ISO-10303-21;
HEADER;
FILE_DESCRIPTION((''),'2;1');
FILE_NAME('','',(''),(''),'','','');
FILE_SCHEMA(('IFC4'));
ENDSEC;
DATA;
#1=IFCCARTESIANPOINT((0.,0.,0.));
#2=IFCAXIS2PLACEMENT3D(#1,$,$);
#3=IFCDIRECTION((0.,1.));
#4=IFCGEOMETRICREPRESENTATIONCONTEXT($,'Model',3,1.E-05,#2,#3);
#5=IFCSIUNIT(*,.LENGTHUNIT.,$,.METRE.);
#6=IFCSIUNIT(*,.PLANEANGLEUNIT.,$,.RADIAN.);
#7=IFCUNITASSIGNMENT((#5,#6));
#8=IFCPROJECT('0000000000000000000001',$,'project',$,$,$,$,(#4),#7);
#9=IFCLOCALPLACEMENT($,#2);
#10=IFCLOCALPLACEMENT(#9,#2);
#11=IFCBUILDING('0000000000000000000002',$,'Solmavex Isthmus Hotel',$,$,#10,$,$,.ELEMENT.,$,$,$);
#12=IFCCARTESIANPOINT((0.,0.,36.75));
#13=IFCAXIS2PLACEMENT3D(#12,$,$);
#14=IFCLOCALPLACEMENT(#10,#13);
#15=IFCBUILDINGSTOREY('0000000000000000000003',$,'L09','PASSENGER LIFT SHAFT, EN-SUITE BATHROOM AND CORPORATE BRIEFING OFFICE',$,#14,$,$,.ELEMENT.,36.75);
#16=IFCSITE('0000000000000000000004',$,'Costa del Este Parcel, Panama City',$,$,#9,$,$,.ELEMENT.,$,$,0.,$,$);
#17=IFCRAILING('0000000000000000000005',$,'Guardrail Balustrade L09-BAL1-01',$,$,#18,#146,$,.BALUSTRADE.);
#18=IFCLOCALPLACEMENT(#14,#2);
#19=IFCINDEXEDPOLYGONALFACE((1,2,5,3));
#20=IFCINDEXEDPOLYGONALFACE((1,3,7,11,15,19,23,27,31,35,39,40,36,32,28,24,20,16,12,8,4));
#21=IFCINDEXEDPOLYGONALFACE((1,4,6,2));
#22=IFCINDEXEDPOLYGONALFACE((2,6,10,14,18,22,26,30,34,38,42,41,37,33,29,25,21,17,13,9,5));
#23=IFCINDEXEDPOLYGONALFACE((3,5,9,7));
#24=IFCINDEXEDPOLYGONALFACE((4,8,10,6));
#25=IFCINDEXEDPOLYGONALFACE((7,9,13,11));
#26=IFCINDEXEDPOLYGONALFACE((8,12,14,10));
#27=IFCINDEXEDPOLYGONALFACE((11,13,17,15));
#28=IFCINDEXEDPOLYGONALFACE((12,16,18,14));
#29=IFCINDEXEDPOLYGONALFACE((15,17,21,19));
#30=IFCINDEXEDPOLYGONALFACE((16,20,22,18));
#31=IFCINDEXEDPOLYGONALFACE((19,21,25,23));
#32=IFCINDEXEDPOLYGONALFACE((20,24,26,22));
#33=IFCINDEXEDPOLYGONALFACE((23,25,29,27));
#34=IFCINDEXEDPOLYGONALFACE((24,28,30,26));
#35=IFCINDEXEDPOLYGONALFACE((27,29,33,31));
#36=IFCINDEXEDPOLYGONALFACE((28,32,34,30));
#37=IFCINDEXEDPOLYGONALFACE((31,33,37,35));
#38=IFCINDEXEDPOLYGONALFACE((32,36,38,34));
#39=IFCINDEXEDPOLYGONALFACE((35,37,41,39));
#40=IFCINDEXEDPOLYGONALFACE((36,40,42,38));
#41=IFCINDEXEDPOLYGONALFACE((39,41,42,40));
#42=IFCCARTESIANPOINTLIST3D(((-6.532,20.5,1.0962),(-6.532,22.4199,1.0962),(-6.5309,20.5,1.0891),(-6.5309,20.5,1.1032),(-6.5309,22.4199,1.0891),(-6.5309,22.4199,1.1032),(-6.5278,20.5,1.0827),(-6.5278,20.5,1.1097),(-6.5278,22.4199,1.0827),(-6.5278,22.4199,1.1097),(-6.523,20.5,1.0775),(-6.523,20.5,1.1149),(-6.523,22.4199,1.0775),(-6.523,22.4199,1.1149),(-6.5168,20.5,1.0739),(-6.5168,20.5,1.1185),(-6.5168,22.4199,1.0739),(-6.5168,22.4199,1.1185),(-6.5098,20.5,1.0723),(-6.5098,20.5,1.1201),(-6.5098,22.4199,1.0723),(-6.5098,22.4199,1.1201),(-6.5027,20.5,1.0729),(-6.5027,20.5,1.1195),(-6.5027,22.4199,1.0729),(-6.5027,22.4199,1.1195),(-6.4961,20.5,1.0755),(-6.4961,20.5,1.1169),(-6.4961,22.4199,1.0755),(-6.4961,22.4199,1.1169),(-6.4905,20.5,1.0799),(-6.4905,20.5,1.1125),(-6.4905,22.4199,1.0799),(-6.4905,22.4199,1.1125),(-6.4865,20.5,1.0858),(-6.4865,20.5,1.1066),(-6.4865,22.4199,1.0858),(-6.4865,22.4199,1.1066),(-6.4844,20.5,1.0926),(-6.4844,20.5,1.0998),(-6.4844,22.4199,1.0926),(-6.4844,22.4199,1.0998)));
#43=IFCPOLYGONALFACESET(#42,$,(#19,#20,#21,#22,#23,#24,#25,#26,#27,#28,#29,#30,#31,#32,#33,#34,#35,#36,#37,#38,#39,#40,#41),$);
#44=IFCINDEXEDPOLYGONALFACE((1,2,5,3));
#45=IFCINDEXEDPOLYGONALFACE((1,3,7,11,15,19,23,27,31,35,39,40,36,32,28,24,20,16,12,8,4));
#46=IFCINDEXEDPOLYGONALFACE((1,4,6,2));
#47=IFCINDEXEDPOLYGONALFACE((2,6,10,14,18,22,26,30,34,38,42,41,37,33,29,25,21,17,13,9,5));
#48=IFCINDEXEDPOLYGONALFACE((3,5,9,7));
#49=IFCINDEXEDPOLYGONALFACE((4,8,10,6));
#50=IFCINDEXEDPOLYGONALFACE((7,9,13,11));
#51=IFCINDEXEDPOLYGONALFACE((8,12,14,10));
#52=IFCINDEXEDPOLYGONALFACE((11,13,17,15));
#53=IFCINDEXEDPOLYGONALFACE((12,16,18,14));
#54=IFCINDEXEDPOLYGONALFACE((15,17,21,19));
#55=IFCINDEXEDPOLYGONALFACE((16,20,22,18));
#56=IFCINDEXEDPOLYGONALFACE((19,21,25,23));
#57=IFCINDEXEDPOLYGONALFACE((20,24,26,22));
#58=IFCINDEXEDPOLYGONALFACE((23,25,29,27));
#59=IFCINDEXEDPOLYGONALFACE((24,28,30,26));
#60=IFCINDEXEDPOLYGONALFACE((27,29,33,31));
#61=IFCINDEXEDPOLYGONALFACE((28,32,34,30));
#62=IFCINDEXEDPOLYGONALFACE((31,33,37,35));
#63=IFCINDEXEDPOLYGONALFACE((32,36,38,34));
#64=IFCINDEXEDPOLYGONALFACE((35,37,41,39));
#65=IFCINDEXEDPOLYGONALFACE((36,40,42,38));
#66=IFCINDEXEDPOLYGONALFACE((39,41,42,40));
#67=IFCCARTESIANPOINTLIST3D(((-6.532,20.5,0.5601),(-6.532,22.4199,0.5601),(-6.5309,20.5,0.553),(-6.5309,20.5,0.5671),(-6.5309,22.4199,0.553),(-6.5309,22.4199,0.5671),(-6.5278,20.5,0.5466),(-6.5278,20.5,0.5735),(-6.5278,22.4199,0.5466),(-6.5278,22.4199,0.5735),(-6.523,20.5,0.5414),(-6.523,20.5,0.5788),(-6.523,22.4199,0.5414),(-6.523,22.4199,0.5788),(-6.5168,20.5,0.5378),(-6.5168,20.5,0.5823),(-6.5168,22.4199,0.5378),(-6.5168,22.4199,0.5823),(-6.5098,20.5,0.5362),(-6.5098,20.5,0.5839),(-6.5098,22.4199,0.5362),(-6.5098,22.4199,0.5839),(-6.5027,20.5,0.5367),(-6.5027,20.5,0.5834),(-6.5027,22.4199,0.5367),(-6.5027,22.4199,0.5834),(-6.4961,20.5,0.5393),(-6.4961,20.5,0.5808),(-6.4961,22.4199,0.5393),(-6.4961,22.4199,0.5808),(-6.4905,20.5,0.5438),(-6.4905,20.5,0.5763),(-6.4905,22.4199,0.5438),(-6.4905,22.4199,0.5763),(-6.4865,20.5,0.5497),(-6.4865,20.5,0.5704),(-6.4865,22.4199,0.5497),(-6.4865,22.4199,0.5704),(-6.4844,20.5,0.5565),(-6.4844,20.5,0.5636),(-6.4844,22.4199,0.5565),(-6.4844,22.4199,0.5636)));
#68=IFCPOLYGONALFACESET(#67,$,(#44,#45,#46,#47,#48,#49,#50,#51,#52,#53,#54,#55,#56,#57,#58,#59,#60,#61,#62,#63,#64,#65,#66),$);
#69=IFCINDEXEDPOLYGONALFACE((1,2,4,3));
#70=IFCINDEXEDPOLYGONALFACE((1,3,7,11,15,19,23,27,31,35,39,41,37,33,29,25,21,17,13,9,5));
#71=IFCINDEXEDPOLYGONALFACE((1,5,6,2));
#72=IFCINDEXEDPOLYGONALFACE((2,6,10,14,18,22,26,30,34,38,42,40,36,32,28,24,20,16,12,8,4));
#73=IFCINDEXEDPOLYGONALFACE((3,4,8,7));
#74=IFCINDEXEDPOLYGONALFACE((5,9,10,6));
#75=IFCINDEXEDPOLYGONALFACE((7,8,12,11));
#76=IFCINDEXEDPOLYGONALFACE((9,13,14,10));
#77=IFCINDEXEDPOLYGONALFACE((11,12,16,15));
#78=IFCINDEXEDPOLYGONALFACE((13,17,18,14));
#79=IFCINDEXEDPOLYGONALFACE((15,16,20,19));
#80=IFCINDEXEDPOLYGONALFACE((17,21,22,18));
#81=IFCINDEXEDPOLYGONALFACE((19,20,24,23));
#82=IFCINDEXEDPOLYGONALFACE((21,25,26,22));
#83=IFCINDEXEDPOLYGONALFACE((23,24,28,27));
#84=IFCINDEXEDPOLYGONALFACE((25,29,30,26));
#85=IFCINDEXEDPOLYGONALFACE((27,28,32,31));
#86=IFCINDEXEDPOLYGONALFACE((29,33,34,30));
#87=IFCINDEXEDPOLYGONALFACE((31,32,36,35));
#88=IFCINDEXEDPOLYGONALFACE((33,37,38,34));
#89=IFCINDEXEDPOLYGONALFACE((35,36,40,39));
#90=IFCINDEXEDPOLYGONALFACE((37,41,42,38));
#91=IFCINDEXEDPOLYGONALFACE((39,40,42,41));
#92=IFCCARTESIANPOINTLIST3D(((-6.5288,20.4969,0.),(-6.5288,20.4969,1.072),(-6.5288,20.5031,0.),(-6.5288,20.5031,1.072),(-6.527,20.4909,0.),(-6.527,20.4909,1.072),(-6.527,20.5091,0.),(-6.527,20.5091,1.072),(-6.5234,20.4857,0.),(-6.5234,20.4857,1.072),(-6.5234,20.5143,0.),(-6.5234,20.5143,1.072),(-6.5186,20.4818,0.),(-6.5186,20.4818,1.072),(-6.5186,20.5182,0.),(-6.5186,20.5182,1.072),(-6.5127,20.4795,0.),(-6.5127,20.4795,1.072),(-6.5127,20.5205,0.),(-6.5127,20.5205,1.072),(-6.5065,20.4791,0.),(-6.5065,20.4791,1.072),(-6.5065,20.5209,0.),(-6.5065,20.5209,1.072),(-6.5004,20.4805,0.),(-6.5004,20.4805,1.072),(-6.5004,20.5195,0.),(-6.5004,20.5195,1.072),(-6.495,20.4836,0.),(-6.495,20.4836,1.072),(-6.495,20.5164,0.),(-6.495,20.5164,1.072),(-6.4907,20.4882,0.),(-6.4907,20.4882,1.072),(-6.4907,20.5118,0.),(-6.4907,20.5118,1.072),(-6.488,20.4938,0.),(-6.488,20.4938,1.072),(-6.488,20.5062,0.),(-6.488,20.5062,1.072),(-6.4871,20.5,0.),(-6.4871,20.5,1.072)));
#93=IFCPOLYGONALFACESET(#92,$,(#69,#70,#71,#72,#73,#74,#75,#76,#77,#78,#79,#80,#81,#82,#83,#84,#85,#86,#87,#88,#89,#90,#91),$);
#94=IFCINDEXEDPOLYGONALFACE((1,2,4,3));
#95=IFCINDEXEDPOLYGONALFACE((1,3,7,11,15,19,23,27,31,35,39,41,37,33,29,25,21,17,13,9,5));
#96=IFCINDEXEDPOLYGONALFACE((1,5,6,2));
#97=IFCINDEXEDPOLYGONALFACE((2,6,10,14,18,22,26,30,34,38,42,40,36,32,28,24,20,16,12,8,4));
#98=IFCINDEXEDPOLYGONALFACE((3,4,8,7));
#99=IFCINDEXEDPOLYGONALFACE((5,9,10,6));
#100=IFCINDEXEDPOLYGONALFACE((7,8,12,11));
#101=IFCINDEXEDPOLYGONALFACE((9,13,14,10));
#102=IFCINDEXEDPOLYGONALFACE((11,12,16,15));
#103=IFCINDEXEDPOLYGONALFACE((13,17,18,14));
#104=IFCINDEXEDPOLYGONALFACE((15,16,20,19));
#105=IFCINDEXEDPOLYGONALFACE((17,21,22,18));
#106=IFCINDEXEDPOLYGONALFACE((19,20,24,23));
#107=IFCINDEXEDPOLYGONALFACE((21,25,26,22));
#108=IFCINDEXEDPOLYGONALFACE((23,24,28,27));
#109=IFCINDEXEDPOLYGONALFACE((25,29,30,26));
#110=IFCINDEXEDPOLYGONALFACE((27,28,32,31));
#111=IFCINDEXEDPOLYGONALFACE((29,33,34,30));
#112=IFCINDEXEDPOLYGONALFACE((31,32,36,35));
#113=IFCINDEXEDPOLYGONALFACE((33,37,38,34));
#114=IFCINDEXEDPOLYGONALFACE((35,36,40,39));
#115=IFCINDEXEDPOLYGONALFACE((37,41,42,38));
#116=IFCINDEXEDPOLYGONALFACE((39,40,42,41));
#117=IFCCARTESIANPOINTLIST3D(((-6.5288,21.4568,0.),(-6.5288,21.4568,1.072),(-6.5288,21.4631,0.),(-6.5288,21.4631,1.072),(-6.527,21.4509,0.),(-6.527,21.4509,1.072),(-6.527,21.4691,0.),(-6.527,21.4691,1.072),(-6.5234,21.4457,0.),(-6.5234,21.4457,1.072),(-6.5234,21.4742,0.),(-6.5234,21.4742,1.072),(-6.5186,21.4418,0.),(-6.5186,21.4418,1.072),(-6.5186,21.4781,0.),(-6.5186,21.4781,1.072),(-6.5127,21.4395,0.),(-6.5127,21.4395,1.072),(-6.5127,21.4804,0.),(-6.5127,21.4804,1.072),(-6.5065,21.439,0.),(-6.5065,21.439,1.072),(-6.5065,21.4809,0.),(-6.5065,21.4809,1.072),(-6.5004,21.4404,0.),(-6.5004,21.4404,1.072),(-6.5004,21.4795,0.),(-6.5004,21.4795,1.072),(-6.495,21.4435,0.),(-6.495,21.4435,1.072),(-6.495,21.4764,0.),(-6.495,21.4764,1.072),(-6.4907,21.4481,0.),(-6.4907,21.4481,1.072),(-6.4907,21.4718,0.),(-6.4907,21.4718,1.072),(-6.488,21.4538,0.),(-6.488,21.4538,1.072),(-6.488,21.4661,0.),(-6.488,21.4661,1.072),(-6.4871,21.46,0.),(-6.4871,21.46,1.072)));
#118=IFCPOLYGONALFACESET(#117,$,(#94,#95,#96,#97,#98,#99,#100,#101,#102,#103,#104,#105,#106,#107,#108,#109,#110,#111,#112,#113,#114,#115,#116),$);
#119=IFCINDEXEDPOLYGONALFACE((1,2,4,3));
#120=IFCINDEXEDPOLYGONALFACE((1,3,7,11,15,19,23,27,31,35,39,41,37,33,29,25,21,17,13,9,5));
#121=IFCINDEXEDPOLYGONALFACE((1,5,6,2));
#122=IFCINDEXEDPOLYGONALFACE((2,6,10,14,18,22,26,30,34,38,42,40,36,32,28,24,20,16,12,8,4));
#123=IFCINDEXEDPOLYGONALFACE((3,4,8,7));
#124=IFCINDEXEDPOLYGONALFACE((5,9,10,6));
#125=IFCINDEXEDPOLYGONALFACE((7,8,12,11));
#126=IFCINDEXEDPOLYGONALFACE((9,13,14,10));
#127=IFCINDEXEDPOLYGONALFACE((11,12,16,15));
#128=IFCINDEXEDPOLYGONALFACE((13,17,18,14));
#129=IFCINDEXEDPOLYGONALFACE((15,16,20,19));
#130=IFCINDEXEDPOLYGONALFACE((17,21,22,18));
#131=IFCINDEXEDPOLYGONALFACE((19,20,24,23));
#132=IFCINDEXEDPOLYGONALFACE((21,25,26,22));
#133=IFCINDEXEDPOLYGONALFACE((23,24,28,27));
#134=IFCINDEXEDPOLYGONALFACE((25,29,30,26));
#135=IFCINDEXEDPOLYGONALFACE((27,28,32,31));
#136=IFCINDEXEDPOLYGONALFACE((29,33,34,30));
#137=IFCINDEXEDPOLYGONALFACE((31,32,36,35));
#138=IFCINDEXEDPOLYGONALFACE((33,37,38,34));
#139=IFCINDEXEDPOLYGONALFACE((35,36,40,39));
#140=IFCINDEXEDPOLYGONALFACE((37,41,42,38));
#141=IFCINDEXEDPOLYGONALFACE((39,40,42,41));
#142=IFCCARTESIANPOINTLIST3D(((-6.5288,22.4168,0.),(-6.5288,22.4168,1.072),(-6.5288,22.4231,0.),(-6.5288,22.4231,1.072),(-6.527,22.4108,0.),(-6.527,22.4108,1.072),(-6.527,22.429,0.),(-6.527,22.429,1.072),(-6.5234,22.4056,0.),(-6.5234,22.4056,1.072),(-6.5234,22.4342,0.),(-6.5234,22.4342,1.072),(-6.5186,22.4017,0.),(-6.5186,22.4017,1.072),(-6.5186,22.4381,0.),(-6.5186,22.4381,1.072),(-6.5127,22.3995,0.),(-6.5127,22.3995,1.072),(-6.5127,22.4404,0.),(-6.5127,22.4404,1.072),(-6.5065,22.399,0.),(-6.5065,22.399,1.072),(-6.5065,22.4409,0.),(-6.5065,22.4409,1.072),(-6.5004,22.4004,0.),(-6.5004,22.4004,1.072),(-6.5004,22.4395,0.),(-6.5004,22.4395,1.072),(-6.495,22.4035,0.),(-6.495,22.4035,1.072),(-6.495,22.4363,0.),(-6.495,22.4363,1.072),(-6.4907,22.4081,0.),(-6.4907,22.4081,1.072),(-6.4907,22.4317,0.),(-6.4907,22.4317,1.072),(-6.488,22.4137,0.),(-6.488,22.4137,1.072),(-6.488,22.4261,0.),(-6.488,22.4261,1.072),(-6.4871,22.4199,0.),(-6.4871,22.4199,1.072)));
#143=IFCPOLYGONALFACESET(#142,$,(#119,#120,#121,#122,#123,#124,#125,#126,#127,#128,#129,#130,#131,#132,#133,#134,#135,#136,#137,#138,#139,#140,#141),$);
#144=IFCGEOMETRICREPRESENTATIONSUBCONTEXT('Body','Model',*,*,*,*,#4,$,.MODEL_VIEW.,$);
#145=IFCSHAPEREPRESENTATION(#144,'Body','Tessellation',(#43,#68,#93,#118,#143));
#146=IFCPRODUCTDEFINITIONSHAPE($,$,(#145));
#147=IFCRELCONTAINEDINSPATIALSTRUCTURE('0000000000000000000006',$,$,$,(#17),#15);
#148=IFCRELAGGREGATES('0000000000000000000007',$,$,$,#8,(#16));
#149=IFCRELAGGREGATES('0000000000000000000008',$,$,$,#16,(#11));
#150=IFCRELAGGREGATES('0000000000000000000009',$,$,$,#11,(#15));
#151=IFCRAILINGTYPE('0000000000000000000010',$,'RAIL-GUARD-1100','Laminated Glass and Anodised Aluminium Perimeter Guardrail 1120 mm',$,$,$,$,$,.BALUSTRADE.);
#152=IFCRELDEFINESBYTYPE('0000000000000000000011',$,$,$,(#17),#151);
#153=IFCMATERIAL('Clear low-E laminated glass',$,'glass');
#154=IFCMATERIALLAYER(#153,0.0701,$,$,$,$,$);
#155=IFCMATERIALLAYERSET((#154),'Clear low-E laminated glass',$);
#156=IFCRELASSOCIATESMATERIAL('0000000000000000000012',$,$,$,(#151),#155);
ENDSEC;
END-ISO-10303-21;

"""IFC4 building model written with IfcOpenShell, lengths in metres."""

from ifc_helpers import new_model, si_unit, direction, frame, origin, origin_2d, place, context, subcontext, project, spatial, circle, extrude, material, layer, layer_set, type_object, element, save


model = new_model("IFC4")

# Units and contexts
model_context = context("Model", 3, precision=1e-05, world=origin(), true_north=direction((0.0, 1.0)))
body_context = subcontext(model_context, "Body", "Model", "MODEL_VIEW")
ifc_project = project(units=[si_unit("LENGTHUNIT", "METRE"), si_unit("PLANEANGLEUNIT", "RADIAN")], contexts=[model_context])

# Site, building, storey
site_placement = place(None, origin())
site = spatial("IfcSite", under=ifc_project, at=site_placement, Name="Costa del Este Parcel, Panama City", CompositionType="ELEMENT", RefElevation=0.0)
building_placement = place(site_placement, origin())
building = spatial("IfcBuilding", under=site, at=building_placement, Name="Solmavex Isthmus Hotel", CompositionType="ELEMENT")
storey_placement = place(building_placement, frame((0.0, 0.0, 36.75)))
storey = spatial("IfcBuildingStorey", under=building, at=storey_placement, Name="L09", Description="PASSENGER LIFT SHAFT, EN-SUITE BATHROOM AND CORPORATE BRIEFING OFFICE", CompositionType="ELEMENT", Elevation=36.75)

# Shared definitions
ifc_material_1 = material(Name="Clear low-E laminated glass", Category="glass")

# Railing
ifc_layer_1 = layer(ifc_material_1, 0.0701)
ifc_layer_set_1 = layer_set([ifc_layer_1], Name="Clear low-E laminated glass")
railing_type = type_object("IfcRailingType", Name="RAIL-GUARD-1100", Description="Laminated Glass and Anodised Aluminium Perimeter Guardrail 1120 mm", PredefinedType="BALUSTRADE", material=ifc_layer_set_1)
railing_1_placement = place(storey_placement, frame((-6.5081, 20.5, 0.0)))
element("IfcRailing", 1, at=railing_1_placement, inside=storey, type_object=railing_type, Name="Guardrail Balustrade L09-BAL1-01", PredefinedType="BALUSTRADE", context=body_context, shape_type="SweptSolid", body=[
    extrude(circle(Radius=0.0239, at=origin_2d()), frame((0.0, 0.0, 1.0962), z_axis=(0.0, 1.0, 0.0), x_axis=(-1.0, 0.0, 0.0)), (0.0, 0.0, 1.0), 1.9199),
    extrude(circle(Radius=0.0239, at=origin_2d()), frame((0.0, 0.0, 0.5601), z_axis=(0.0, 1.0, 0.0), x_axis=(-1.0, 0.0, 0.0)), (0.0, 0.0, 1.0), 1.9199),
    extrude(circle(Radius=0.021, at=origin_2d()), origin(), (0.0, 0.0, 1.0), 1.072),
    extrude(circle(Radius=0.021, at=origin_2d()), frame((0.0, 0.96, 0.0)), (0.0, 0.0, 1.0), 1.072),
    extrude(circle(Radius=0.021, at=origin_2d()), frame((0.0, 1.9199, 0.0)), (0.0, 0.0, 1.0), 1.072),
])

save(model, "model.ifc")
